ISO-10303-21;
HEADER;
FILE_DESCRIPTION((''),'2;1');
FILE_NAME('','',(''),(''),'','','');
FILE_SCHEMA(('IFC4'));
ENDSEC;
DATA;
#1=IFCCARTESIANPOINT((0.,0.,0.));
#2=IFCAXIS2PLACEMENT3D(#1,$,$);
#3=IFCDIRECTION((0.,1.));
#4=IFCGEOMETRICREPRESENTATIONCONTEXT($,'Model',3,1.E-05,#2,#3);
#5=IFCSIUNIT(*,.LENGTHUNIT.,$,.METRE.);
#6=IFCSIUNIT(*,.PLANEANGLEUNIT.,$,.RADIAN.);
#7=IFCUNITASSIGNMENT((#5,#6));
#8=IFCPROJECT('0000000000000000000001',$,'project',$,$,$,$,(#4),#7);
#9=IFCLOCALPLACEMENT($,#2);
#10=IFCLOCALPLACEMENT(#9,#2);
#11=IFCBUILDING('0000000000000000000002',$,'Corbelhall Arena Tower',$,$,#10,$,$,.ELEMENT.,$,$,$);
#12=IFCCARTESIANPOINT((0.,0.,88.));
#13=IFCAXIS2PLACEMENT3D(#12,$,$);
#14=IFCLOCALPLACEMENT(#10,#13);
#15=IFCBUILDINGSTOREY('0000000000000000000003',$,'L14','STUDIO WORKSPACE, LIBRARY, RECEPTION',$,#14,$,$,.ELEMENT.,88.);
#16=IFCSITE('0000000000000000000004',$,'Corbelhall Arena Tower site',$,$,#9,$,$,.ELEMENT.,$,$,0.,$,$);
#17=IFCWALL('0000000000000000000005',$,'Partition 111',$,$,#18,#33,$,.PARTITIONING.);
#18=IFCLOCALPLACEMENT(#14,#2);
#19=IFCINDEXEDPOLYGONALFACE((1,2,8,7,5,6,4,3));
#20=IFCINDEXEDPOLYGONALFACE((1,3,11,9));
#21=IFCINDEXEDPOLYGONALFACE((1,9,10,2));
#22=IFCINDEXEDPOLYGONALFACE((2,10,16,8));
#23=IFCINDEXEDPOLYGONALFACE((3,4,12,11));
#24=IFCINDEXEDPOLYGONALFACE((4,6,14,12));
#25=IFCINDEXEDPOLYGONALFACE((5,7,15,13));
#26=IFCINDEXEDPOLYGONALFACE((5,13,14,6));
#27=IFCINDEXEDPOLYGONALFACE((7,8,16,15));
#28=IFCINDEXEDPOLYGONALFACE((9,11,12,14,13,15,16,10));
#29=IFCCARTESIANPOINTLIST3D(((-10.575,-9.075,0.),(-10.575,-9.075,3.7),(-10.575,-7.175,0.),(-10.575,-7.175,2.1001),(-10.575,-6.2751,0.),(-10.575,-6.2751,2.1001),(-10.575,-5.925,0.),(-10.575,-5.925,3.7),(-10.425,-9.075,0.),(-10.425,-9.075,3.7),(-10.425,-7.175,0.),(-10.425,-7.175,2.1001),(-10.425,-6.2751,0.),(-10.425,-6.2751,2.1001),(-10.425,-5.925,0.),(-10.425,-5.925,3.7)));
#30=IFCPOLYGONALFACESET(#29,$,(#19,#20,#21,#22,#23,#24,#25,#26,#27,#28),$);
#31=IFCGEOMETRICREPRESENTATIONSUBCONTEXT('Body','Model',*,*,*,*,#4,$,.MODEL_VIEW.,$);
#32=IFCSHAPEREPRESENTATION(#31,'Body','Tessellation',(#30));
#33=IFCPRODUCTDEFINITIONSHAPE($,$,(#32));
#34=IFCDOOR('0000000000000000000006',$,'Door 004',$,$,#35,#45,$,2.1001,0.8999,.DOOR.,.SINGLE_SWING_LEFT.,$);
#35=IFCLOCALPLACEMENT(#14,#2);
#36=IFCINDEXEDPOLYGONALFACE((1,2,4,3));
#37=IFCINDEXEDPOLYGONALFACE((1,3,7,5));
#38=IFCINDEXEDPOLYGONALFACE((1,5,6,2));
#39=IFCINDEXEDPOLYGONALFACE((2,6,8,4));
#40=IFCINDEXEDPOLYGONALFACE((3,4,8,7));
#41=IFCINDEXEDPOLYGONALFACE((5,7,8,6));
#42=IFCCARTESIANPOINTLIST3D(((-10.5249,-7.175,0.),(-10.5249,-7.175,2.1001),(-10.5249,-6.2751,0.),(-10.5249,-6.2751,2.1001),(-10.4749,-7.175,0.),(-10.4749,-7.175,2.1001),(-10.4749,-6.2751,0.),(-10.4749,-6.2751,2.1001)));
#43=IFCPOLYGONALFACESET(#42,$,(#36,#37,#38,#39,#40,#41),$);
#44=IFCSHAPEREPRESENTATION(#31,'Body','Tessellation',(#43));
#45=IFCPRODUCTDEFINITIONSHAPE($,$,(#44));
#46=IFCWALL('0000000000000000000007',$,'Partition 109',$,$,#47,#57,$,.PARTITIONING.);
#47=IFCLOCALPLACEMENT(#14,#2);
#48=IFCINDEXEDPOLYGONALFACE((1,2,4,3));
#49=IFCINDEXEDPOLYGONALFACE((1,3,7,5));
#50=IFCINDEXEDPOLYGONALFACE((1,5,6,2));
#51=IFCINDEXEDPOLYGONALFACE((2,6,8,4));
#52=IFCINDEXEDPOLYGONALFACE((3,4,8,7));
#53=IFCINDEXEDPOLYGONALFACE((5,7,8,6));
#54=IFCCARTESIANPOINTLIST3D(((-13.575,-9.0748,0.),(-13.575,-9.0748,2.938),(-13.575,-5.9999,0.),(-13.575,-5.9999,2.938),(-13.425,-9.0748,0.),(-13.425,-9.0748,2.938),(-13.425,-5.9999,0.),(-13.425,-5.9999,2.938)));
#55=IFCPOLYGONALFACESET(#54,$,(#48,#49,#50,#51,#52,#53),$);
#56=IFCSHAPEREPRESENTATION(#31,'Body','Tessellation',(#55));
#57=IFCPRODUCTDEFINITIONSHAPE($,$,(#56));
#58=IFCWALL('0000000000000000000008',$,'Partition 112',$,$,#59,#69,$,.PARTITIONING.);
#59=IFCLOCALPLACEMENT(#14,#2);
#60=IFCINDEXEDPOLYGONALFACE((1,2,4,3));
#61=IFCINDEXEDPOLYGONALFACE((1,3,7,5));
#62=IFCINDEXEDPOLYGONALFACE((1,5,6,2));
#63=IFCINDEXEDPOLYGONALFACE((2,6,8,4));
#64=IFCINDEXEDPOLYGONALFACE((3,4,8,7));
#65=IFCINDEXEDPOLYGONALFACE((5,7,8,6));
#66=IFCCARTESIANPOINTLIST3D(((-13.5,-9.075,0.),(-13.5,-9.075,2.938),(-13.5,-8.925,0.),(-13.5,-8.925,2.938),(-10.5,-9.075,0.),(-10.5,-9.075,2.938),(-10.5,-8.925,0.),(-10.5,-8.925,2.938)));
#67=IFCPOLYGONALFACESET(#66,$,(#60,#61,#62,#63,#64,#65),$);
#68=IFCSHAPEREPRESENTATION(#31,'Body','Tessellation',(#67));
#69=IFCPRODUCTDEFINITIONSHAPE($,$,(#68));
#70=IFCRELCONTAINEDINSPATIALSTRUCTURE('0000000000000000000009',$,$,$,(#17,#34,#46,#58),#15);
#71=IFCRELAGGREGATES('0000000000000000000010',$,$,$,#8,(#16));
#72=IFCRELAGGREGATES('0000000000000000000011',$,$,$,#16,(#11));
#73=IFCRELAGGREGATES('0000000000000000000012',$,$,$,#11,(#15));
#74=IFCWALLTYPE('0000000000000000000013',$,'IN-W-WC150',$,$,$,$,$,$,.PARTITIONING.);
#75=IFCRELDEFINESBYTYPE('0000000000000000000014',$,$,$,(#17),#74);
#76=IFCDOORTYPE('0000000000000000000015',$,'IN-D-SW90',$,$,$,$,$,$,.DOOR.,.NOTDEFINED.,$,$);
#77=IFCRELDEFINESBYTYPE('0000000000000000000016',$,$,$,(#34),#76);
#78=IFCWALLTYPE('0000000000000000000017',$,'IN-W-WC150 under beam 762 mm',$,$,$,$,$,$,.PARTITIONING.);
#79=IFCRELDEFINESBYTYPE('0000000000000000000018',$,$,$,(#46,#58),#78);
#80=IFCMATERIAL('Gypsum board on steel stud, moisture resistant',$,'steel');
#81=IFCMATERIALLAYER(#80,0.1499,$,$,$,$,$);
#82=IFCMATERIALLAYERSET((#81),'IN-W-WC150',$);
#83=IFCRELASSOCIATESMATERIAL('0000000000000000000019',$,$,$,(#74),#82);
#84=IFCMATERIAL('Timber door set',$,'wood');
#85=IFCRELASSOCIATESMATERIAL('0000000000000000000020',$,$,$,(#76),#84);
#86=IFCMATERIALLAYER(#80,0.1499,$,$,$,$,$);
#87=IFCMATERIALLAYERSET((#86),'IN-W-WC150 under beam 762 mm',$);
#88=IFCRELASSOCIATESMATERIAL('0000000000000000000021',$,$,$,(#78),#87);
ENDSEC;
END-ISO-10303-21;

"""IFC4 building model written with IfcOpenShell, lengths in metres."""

from ifc_helpers import new_model, si_unit, direction, frame, frame_2d, origin, place, context, subcontext, project, spatial, rectangle, extrude, material, layer, layer_set, type_object, element, fill, save


model = new_model("IFC4")

# Units and contexts
model_context = context("Model", 3, precision=1e-05, world=origin(), true_north=direction((0.0, 1.0)))
body_context = subcontext(model_context, "Body", "Model", "MODEL_VIEW")
ifc_project = project(units=[si_unit("LENGTHUNIT", "METRE"), si_unit("PLANEANGLEUNIT", "RADIAN")], contexts=[model_context])

# Site, building, storey
site_placement = place(None, origin())
site = spatial("IfcSite", under=ifc_project, at=site_placement, Name="Corbelhall Arena Tower site", CompositionType="ELEMENT", RefElevation=0.0)
building_placement = place(site_placement, origin())
building = spatial("IfcBuilding", under=site, at=building_placement, Name="Corbelhall Arena Tower", CompositionType="ELEMENT")
storey_placement = place(building_placement, frame((0.0, 0.0, 88.0)))
storey = spatial("IfcBuildingStorey", under=building, at=storey_placement, Name="L14", Description="STUDIO WORKSPACE, LIBRARY, RECEPTION", CompositionType="ELEMENT", Elevation=88.0)

# Wall, opening, door
ifc_material_1 = material(Name="Gypsum board on steel stud, moisture resistant", Category="steel")
ifc_layer_1 = layer(ifc_material_1, 0.1499)
ifc_layer_set_1 = layer_set([ifc_layer_1], Name="IN-W-WC150")
wall_type_1 = type_object("IfcWallType", Name="IN-W-WC150", PredefinedType="PARTITIONING", material=ifc_layer_set_1)
wall_1_placement = place(storey_placement, frame((-10.5, -9.075, 0.0), z_axis=(0.0, 0.0, 1.0), x_axis=(0.0, 1.0, 0.0)))
wall_1 = element("IfcWall", 1, at=wall_1_placement, inside=storey, type_object=wall_type_1, Name="Partition 111", PredefinedType="PARTITIONING", context=body_context, shape_type="SweptSolid", body=[
    extrude(rectangle(XDim=3.1499, YDim=0.1499, at=frame_2d((1.575, 0.0))), origin(), (0.0, 0.0, 1.0), 3.7),
])
opening_1_placement = place(wall_1_placement, frame((1.8999, 0.0, 0.0)))
opening_1 = element("IfcOpeningElement", 2, at=opening_1_placement, cuts=wall_1, PredefinedType="OPENING", context=body_context, shape_type="SweptSolid", body=[
    extrude(rectangle(XDim=0.8999, YDim=2.1001, at=frame_2d((0.45, 1.05))), frame((0.0, 0.075, 0.0), z_axis=(0.0, -1.0, 0.0), x_axis=(1.0, 0.0, 0.0)), (0.0, 0.0, 1.0), 0.1499),
])
ifc_material_2 = material(Name="Timber door set", Category="wood")
door_type_1 = type_object("IfcDoorType", Name="IN-D-SW90", OperationType="NOTDEFINED", PredefinedType="DOOR", material=ifc_material_2)
door_1_placement = place(opening_1_placement, origin())
door_1 = element("IfcDoor", 3, at=door_1_placement, inside=storey, type_object=door_type_1, Name="Door 004", OperationType="SINGLE_SWING_LEFT", OverallHeight=2.1001, OverallWidth=0.8999, PredefinedType="DOOR", context=body_context, shape_type="SweptSolid", body=[
    extrude(rectangle(XDim=0.8999, YDim=2.1001, at=frame_2d((0.45, 1.05))), frame((0.0, 0.0249, 0.0), z_axis=(0.0, -1.0, 0.0), x_axis=(1.0, 0.0, 0.0)), (0.0, 0.0, 1.0), 0.05),
])
fill(opening_1, door_1)

# Walls
ifc_layer_2 = layer(ifc_material_1, 0.1499)
ifc_layer_set_2 = layer_set([ifc_layer_2], Name="IN-W-WC150 under beam 762 mm")
wall_type_2 = type_object("IfcWallType", Name="IN-W-WC150 under beam 762 mm", PredefinedType="PARTITIONING", material=ifc_layer_set_2)
wall_2_placement = place(storey_placement, frame((-13.5, -9.075, 0.0), z_axis=(0.0, 0.0, 1.0), x_axis=(0.0, 1.0, 0.0)))
element("IfcWall", 4, at=wall_2_placement, inside=storey, type_object=wall_type_2, Name="Partition 109", PredefinedType="PARTITIONING", context=body_context, shape_type="SweptSolid", body=[
    extrude(rectangle(XDim=3.075, YDim=0.1499, at=frame_2d((1.5376, 0.0))), origin(), (0.0, 0.0, 1.0), 2.938),
])
wall_3_placement = place(storey_placement, frame((-10.5, -9.0, 0.0), z_axis=(0.0, 0.0, 1.0), x_axis=(-1.0, 0.0, 0.0)))
element("IfcWall", 5, at=wall_3_placement, inside=storey, type_object=wall_type_2, Name="Partition 112", PredefinedType="PARTITIONING", context=body_context, shape_type="SweptSolid", body=[
    extrude(rectangle(XDim=3.0, YDim=0.1499, at=frame_2d((1.5, 0.0))), origin(), (0.0, 0.0, 1.0), 2.938),
])

save(model, "model.ifc")
